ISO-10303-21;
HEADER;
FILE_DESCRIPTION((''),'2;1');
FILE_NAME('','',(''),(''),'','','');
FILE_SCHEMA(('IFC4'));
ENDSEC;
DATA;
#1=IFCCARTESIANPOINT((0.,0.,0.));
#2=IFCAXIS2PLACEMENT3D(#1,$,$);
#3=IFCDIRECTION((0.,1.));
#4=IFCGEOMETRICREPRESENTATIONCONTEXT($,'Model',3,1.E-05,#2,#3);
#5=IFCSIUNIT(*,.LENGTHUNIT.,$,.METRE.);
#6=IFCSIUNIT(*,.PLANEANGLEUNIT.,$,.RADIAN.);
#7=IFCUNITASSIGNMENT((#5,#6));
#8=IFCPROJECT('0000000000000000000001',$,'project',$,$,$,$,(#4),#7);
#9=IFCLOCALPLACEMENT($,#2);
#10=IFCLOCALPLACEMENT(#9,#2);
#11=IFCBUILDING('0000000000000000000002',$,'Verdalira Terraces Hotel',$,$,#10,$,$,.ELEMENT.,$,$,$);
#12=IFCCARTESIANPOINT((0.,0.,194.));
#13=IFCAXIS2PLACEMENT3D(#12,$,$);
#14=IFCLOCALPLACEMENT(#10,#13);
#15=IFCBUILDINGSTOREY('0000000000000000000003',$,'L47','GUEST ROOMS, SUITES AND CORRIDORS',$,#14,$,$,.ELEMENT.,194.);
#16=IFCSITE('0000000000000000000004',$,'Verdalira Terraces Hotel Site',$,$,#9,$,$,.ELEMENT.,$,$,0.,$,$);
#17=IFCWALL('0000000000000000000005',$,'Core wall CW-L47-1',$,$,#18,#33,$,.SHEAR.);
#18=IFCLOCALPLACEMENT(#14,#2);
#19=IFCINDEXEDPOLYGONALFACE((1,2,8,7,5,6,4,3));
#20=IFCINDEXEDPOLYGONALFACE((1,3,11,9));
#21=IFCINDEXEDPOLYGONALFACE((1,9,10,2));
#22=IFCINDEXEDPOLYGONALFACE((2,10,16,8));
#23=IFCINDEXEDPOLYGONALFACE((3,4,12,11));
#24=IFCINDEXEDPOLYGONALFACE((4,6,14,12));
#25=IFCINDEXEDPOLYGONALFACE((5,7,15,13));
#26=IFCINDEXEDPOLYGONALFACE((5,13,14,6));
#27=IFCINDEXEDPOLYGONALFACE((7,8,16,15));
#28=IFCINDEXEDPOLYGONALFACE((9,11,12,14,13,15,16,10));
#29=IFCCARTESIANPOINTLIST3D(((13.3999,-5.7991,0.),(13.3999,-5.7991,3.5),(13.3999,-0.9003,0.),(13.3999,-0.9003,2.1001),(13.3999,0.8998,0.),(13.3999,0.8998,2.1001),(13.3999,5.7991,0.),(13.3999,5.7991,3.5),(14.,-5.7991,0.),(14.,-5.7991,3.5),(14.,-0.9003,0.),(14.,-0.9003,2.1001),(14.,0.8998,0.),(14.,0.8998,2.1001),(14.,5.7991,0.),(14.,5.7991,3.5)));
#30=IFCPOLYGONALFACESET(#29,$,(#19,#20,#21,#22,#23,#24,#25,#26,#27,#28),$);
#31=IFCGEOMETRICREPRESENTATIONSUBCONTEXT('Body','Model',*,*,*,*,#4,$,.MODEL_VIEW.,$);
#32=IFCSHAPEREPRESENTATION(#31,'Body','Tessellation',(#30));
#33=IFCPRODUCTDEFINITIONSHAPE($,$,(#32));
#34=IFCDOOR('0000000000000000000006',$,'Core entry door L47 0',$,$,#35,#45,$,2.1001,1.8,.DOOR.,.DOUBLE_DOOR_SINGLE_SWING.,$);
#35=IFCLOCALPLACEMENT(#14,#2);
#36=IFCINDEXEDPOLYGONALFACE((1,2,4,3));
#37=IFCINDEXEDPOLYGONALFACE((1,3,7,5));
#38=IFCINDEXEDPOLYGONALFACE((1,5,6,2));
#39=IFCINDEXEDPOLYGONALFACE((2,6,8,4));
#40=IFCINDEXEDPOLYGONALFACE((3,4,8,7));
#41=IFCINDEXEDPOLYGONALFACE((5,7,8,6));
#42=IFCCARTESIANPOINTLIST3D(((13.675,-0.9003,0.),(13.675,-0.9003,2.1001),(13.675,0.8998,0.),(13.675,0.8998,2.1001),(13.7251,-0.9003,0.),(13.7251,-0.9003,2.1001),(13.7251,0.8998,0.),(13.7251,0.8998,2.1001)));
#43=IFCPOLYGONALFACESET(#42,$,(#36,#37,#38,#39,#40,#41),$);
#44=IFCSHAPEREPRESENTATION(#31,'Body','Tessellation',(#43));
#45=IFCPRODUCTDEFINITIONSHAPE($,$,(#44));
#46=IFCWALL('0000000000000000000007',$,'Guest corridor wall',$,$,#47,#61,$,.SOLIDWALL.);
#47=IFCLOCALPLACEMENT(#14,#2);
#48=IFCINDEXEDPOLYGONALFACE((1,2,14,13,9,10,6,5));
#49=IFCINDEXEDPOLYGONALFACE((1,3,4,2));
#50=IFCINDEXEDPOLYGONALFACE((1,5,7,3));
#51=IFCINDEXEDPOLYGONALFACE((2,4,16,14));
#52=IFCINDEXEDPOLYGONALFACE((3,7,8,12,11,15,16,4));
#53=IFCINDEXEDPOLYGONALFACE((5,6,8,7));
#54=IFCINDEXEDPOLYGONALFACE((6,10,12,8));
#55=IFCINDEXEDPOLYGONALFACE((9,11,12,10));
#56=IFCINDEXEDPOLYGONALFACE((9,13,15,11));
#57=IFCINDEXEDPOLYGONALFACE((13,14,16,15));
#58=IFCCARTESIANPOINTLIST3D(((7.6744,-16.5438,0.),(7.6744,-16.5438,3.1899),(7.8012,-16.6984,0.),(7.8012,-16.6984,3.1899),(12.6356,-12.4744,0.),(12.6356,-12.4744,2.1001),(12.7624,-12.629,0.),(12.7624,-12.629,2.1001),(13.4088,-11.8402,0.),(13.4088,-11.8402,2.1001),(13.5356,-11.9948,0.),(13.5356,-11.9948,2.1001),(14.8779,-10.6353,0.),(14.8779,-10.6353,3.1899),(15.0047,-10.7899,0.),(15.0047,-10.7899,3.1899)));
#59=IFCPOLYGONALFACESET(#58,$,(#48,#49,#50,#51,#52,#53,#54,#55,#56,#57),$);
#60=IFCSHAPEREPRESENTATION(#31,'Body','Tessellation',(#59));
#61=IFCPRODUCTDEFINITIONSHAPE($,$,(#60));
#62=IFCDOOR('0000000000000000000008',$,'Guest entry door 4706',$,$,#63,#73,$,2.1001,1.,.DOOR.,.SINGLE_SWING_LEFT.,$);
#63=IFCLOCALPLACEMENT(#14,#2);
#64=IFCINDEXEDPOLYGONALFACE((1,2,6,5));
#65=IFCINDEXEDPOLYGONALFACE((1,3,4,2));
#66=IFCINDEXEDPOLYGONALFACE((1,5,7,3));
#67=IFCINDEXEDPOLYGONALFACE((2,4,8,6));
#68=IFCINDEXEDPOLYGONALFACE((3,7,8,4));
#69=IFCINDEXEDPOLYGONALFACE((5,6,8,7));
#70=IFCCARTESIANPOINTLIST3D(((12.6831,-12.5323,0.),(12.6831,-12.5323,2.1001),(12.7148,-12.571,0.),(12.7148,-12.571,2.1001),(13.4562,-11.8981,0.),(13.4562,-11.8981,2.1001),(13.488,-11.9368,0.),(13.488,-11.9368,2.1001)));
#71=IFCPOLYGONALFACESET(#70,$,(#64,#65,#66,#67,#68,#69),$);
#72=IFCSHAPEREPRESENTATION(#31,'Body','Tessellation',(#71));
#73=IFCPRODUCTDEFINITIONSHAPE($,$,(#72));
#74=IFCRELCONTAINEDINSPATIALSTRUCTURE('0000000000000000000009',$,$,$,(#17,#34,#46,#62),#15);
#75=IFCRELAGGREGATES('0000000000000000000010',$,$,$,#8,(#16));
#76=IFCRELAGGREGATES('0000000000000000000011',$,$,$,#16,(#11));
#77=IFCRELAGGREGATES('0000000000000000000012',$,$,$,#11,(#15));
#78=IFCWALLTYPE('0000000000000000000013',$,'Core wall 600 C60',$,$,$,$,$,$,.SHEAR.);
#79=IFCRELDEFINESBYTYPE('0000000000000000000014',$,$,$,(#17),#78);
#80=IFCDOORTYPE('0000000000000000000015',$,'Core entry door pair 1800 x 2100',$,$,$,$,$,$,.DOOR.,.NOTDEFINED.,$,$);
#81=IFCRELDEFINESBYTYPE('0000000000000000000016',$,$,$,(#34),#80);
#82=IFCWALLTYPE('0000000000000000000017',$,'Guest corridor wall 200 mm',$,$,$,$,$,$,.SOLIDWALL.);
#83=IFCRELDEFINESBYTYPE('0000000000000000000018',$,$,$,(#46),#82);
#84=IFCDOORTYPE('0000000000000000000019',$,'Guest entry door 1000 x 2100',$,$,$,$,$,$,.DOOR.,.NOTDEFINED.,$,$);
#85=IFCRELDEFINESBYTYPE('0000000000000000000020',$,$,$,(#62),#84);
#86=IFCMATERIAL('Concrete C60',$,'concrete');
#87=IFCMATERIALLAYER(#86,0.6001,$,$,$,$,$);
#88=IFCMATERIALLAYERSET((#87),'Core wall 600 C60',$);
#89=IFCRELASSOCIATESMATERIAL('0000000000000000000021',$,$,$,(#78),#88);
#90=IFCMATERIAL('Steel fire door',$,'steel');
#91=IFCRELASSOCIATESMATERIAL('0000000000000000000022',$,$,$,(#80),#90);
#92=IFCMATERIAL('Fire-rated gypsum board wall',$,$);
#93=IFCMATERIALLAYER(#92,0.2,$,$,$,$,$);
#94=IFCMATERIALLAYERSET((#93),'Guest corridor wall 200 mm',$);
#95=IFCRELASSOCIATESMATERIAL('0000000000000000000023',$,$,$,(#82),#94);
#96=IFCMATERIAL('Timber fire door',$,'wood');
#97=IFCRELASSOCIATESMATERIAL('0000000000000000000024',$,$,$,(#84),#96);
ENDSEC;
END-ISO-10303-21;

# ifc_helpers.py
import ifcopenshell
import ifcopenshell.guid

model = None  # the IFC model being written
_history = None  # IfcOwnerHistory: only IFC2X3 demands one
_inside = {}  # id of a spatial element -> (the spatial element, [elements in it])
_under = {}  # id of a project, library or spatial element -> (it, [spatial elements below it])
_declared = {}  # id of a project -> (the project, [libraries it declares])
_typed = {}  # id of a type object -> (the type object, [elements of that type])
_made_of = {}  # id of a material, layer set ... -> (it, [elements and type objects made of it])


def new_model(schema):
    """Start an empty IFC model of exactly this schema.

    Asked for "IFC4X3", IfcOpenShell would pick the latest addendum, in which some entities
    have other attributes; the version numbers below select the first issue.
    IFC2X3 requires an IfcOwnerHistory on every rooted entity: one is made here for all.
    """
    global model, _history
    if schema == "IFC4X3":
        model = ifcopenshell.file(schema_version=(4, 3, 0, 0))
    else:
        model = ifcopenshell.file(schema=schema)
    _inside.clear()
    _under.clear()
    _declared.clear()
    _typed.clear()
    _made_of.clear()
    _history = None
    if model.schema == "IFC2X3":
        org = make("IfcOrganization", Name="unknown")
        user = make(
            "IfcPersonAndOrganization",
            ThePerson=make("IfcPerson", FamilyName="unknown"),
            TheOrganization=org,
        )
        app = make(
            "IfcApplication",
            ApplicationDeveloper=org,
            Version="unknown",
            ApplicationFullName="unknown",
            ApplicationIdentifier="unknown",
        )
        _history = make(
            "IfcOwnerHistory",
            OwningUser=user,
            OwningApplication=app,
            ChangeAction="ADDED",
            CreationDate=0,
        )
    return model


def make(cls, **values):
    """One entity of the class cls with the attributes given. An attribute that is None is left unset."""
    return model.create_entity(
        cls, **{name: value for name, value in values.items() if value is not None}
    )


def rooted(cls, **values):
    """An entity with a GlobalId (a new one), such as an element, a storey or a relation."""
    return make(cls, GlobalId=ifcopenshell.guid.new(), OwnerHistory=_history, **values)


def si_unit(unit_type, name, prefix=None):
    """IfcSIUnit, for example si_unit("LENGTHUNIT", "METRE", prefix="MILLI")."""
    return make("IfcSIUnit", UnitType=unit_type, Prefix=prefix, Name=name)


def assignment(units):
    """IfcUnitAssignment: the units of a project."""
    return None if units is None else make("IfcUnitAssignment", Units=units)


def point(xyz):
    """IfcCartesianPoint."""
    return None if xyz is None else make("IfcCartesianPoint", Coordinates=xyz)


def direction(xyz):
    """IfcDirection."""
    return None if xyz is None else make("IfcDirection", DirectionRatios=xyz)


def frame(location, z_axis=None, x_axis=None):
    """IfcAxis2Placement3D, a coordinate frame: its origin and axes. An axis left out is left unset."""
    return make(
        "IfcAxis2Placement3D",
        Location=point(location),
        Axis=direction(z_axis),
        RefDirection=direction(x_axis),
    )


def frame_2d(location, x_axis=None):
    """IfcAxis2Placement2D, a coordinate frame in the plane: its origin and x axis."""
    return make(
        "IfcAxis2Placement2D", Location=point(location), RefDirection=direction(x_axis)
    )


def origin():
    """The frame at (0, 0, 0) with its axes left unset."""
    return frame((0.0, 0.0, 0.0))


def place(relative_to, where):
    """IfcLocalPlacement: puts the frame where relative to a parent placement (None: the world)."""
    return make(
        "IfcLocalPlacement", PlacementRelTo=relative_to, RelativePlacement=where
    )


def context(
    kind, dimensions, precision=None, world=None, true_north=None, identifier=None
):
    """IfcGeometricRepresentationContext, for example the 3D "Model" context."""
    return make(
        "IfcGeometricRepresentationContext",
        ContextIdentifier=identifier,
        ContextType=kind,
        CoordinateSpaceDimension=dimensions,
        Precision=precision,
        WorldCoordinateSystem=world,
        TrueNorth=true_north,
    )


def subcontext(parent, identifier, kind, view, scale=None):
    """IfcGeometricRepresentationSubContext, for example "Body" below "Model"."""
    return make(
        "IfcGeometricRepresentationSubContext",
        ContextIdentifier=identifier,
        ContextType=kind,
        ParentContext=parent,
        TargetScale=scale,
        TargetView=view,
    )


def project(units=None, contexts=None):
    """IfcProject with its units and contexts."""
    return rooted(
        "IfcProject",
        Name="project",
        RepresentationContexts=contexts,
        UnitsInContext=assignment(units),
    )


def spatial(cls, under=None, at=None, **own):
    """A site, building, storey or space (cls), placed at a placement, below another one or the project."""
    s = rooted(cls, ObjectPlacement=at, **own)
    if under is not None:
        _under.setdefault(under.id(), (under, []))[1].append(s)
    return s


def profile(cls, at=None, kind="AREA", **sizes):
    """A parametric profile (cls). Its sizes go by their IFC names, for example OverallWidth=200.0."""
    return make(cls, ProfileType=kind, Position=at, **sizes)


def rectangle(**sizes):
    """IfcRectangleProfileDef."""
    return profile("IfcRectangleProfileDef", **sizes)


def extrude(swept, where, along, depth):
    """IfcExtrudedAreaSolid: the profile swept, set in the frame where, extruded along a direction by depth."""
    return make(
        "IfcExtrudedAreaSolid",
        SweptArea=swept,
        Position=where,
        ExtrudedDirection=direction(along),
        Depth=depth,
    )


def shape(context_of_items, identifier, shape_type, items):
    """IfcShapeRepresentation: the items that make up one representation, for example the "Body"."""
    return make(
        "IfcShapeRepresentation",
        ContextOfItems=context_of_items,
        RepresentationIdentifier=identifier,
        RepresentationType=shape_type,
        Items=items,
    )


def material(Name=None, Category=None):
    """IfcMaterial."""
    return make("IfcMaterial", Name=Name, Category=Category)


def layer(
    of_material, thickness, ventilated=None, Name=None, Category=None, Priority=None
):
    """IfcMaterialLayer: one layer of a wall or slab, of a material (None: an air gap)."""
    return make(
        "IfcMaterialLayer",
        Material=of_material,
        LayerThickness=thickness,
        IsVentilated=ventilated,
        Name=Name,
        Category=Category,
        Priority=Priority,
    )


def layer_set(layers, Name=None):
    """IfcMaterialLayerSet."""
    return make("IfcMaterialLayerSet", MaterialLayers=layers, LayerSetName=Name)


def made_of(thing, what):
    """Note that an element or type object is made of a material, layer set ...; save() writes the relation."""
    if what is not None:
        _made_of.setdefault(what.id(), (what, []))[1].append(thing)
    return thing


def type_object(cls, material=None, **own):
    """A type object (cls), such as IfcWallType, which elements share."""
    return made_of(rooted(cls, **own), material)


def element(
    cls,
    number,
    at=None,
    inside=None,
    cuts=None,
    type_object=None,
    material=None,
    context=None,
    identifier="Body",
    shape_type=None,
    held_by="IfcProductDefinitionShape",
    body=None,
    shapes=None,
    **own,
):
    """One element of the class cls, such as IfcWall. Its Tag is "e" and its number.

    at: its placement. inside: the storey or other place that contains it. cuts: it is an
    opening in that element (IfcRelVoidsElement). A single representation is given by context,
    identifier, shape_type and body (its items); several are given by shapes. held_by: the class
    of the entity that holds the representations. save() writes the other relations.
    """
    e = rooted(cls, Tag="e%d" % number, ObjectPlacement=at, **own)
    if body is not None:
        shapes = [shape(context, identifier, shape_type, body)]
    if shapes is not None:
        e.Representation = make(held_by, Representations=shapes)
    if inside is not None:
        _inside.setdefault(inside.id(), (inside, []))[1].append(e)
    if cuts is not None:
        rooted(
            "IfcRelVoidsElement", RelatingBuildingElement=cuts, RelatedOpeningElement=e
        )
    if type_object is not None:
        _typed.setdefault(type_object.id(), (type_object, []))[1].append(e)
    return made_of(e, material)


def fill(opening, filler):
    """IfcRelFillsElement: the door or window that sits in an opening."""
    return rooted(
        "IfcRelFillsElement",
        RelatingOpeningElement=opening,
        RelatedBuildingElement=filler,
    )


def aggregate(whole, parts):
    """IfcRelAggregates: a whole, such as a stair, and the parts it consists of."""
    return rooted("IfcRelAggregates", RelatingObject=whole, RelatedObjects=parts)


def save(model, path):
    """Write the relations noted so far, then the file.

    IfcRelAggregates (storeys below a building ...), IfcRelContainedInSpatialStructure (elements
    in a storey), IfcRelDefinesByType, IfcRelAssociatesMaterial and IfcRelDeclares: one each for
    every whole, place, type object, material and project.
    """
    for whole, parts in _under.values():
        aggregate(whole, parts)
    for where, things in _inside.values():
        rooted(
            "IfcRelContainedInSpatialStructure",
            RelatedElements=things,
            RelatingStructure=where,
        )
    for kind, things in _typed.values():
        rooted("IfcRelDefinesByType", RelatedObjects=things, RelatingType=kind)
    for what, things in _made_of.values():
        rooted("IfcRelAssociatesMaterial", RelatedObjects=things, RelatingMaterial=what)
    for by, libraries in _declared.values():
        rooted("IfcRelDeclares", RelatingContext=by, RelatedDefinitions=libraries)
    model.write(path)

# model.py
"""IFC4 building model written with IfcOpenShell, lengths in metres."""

from ifc_helpers import new_model, si_unit, direction, frame, frame_2d, origin, place, context, subcontext, project, spatial, rectangle, extrude, material, layer, layer_set, type_object, element, fill, save


model = new_model("IFC4")

# Units and contexts
model_context = context("Model", 3, precision=1e-05, world=origin(), true_north=direction((0.0, 1.0)))
body_context = subcontext(model_context, "Body", "Model", "MODEL_VIEW")
ifc_project = project(units=[si_unit("LENGTHUNIT", "METRE"), si_unit("PLANEANGLEUNIT", "RADIAN")], contexts=[model_context])

# Site, building, storey
site_placement = place(None, origin())
site = spatial("IfcSite", under=ifc_project, at=site_placement, Name="Verdalira Terraces Hotel Site", CompositionType="ELEMENT", RefElevation=0.0)
building_placement = place(site_placement, origin())
building = spatial("IfcBuilding", under=site, at=building_placement, Name="Verdalira Terraces Hotel", CompositionType="ELEMENT")
storey_placement = place(building_placement, frame((0.0, 0.0, 194.0)))
storey = spatial("IfcBuildingStorey", under=building, at=storey_placement, Name="L47", Description="GUEST ROOMS, SUITES AND CORRIDORS", CompositionType="ELEMENT", Elevation=194.0)

# Walls, openings, doors
ifc_material_1 = material(Name="Concrete C60", Category="concrete")
ifc_layer_1 = layer(ifc_material_1, 0.6001)
ifc_layer_set_1 = layer_set([ifc_layer_1], Name="Core wall 600 C60")
wall_type_1 = type_object("IfcWallType", Name="Core wall 600 C60", PredefinedType="SHEAR", material=ifc_layer_set_1)
wall_1_placement = place(storey_placement, frame((13.7, -5.7991, 0.0), z_axis=(0.0, 0.0, 1.0), x_axis=(0.0, 1.0, 0.0)))
wall_1 = element("IfcWall", 1, at=wall_1_placement, inside=storey, type_object=wall_type_1, Name="Core wall CW-L47-1", PredefinedType="SHEAR", context=body_context, shape_type="SweptSolid", body=[
    extrude(rectangle(XDim=11.5981, YDim=0.6001, at=frame_2d((5.7991, 0.0))), origin(), (0.0, 0.0, 1.0), 3.5),
])
opening_1_placement = place(wall_1_placement, frame((4.8989, 0.0, 0.0)))
opening_1 = element("IfcOpeningElement", 2, at=opening_1_placement, cuts=wall_1, PredefinedType="OPENING", context=body_context, shape_type="SweptSolid", body=[
    extrude(rectangle(XDim=1.8, YDim=2.1001, at=frame_2d((0.8999, 1.05))), frame((0.0, 0.3101, 0.0), z_axis=(0.0, -1.0, 0.0), x_axis=(1.0, 0.0, 0.0)), (0.0, 0.0, 1.0), 0.6201),
])
ifc_material_2 = material(Name="Steel fire door", Category="steel")
door_type_1 = type_object("IfcDoorType", Name="Core entry door pair 1800 x 2100", OperationType="NOTDEFINED", PredefinedType="DOOR", material=ifc_material_2)
door_1_placement = place(opening_1_placement, origin())
door_1 = element("IfcDoor", 3, at=door_1_placement, inside=storey, type_object=door_type_1, Name="Core entry door L47 0", OperationType="DOUBLE_DOOR_SINGLE_SWING", OverallHeight=2.1001, OverallWidth=1.8, PredefinedType="DOOR", context=body_context, shape_type="SweptSolid", body=[
    extrude(rectangle(XDim=1.8, YDim=2.1001, at=frame_2d((0.8999, 1.05))), frame((0.0, 0.0249, 0.0), z_axis=(0.0, -1.0, 0.0), x_axis=(1.0, 0.0, 0.0)), (0.0, 0.0, 1.0), 0.05),
])
fill(opening_1, door_1)
ifc_material_3 = material(Name="Fire-rated gypsum board wall")
ifc_layer_2 = layer(ifc_material_3, 0.2)
ifc_layer_set_2 = layer_set([ifc_layer_2], Name="Guest corridor wall 200 mm")
wall_type_2 = type_object("IfcWallType", Name="Guest corridor wall 200 mm", PredefinedType="SOLIDWALL", material=ifc_layer_set_2)
wall_2_placement = place(storey_placement, frame((14.9412, -10.7126, 0.0), z_axis=(0.0, 0.0, 1.0), x_axis=(-0.773179, -0.634188, 0.0)))
wall_2 = element("IfcWall", 4, at=wall_2_placement, inside=storey, type_object=wall_type_2, Name="Guest corridor wall", PredefinedType="SOLIDWALL", context=body_context, shape_type="SweptSolid", body=[
    extrude(rectangle(XDim=9.3166, YDim=0.2, at=frame_2d((4.6582, 0.0))), origin(), (0.0, 0.0, 1.0), 3.1899),
])
opening_2_placement = place(wall_2_placement, frame((1.8999, 0.0, 0.0)))
opening_2 = element("IfcOpeningElement", 5, at=opening_2_placement, cuts=wall_2, PredefinedType="OPENING", context=body_context, shape_type="SweptSolid", body=[
    extrude(rectangle(XDim=1.0, YDim=2.1001, at=frame_2d((0.5, 1.05))), frame((0.0, 0.1099, 0.0), z_axis=(0.0, -1.0, 0.0), x_axis=(1.0, 0.0, 0.0)), (0.0, 0.0, 1.0), 0.22),
])
ifc_material_4 = material(Name="Timber fire door", Category="wood")
door_type_2 = type_object("IfcDoorType", Name="Guest entry door 1000 x 2100", OperationType="NOTDEFINED", PredefinedType="DOOR", material=ifc_material_4)
door_2_placement = place(opening_2_placement, origin())
door_2 = element("IfcDoor", 6, at=door_2_placement, inside=storey, type_object=door_type_2, Name="Guest entry door 4706", OperationType="SINGLE_SWING_LEFT", OverallHeight=2.1001, OverallWidth=1.0, PredefinedType="DOOR", context=body_context, shape_type="SweptSolid", body=[
    extrude(rectangle(XDim=1.0, YDim=2.1001, at=frame_2d((0.5, 1.05))), frame((0.0, 0.0249, 0.0), z_axis=(0.0, -1.0, 0.0), x_axis=(1.0, 0.0, 0.0)), (0.0, 0.0, 1.0), 0.05),
])
fill(opening_2, door_2)

save(model, "model.ifc")
